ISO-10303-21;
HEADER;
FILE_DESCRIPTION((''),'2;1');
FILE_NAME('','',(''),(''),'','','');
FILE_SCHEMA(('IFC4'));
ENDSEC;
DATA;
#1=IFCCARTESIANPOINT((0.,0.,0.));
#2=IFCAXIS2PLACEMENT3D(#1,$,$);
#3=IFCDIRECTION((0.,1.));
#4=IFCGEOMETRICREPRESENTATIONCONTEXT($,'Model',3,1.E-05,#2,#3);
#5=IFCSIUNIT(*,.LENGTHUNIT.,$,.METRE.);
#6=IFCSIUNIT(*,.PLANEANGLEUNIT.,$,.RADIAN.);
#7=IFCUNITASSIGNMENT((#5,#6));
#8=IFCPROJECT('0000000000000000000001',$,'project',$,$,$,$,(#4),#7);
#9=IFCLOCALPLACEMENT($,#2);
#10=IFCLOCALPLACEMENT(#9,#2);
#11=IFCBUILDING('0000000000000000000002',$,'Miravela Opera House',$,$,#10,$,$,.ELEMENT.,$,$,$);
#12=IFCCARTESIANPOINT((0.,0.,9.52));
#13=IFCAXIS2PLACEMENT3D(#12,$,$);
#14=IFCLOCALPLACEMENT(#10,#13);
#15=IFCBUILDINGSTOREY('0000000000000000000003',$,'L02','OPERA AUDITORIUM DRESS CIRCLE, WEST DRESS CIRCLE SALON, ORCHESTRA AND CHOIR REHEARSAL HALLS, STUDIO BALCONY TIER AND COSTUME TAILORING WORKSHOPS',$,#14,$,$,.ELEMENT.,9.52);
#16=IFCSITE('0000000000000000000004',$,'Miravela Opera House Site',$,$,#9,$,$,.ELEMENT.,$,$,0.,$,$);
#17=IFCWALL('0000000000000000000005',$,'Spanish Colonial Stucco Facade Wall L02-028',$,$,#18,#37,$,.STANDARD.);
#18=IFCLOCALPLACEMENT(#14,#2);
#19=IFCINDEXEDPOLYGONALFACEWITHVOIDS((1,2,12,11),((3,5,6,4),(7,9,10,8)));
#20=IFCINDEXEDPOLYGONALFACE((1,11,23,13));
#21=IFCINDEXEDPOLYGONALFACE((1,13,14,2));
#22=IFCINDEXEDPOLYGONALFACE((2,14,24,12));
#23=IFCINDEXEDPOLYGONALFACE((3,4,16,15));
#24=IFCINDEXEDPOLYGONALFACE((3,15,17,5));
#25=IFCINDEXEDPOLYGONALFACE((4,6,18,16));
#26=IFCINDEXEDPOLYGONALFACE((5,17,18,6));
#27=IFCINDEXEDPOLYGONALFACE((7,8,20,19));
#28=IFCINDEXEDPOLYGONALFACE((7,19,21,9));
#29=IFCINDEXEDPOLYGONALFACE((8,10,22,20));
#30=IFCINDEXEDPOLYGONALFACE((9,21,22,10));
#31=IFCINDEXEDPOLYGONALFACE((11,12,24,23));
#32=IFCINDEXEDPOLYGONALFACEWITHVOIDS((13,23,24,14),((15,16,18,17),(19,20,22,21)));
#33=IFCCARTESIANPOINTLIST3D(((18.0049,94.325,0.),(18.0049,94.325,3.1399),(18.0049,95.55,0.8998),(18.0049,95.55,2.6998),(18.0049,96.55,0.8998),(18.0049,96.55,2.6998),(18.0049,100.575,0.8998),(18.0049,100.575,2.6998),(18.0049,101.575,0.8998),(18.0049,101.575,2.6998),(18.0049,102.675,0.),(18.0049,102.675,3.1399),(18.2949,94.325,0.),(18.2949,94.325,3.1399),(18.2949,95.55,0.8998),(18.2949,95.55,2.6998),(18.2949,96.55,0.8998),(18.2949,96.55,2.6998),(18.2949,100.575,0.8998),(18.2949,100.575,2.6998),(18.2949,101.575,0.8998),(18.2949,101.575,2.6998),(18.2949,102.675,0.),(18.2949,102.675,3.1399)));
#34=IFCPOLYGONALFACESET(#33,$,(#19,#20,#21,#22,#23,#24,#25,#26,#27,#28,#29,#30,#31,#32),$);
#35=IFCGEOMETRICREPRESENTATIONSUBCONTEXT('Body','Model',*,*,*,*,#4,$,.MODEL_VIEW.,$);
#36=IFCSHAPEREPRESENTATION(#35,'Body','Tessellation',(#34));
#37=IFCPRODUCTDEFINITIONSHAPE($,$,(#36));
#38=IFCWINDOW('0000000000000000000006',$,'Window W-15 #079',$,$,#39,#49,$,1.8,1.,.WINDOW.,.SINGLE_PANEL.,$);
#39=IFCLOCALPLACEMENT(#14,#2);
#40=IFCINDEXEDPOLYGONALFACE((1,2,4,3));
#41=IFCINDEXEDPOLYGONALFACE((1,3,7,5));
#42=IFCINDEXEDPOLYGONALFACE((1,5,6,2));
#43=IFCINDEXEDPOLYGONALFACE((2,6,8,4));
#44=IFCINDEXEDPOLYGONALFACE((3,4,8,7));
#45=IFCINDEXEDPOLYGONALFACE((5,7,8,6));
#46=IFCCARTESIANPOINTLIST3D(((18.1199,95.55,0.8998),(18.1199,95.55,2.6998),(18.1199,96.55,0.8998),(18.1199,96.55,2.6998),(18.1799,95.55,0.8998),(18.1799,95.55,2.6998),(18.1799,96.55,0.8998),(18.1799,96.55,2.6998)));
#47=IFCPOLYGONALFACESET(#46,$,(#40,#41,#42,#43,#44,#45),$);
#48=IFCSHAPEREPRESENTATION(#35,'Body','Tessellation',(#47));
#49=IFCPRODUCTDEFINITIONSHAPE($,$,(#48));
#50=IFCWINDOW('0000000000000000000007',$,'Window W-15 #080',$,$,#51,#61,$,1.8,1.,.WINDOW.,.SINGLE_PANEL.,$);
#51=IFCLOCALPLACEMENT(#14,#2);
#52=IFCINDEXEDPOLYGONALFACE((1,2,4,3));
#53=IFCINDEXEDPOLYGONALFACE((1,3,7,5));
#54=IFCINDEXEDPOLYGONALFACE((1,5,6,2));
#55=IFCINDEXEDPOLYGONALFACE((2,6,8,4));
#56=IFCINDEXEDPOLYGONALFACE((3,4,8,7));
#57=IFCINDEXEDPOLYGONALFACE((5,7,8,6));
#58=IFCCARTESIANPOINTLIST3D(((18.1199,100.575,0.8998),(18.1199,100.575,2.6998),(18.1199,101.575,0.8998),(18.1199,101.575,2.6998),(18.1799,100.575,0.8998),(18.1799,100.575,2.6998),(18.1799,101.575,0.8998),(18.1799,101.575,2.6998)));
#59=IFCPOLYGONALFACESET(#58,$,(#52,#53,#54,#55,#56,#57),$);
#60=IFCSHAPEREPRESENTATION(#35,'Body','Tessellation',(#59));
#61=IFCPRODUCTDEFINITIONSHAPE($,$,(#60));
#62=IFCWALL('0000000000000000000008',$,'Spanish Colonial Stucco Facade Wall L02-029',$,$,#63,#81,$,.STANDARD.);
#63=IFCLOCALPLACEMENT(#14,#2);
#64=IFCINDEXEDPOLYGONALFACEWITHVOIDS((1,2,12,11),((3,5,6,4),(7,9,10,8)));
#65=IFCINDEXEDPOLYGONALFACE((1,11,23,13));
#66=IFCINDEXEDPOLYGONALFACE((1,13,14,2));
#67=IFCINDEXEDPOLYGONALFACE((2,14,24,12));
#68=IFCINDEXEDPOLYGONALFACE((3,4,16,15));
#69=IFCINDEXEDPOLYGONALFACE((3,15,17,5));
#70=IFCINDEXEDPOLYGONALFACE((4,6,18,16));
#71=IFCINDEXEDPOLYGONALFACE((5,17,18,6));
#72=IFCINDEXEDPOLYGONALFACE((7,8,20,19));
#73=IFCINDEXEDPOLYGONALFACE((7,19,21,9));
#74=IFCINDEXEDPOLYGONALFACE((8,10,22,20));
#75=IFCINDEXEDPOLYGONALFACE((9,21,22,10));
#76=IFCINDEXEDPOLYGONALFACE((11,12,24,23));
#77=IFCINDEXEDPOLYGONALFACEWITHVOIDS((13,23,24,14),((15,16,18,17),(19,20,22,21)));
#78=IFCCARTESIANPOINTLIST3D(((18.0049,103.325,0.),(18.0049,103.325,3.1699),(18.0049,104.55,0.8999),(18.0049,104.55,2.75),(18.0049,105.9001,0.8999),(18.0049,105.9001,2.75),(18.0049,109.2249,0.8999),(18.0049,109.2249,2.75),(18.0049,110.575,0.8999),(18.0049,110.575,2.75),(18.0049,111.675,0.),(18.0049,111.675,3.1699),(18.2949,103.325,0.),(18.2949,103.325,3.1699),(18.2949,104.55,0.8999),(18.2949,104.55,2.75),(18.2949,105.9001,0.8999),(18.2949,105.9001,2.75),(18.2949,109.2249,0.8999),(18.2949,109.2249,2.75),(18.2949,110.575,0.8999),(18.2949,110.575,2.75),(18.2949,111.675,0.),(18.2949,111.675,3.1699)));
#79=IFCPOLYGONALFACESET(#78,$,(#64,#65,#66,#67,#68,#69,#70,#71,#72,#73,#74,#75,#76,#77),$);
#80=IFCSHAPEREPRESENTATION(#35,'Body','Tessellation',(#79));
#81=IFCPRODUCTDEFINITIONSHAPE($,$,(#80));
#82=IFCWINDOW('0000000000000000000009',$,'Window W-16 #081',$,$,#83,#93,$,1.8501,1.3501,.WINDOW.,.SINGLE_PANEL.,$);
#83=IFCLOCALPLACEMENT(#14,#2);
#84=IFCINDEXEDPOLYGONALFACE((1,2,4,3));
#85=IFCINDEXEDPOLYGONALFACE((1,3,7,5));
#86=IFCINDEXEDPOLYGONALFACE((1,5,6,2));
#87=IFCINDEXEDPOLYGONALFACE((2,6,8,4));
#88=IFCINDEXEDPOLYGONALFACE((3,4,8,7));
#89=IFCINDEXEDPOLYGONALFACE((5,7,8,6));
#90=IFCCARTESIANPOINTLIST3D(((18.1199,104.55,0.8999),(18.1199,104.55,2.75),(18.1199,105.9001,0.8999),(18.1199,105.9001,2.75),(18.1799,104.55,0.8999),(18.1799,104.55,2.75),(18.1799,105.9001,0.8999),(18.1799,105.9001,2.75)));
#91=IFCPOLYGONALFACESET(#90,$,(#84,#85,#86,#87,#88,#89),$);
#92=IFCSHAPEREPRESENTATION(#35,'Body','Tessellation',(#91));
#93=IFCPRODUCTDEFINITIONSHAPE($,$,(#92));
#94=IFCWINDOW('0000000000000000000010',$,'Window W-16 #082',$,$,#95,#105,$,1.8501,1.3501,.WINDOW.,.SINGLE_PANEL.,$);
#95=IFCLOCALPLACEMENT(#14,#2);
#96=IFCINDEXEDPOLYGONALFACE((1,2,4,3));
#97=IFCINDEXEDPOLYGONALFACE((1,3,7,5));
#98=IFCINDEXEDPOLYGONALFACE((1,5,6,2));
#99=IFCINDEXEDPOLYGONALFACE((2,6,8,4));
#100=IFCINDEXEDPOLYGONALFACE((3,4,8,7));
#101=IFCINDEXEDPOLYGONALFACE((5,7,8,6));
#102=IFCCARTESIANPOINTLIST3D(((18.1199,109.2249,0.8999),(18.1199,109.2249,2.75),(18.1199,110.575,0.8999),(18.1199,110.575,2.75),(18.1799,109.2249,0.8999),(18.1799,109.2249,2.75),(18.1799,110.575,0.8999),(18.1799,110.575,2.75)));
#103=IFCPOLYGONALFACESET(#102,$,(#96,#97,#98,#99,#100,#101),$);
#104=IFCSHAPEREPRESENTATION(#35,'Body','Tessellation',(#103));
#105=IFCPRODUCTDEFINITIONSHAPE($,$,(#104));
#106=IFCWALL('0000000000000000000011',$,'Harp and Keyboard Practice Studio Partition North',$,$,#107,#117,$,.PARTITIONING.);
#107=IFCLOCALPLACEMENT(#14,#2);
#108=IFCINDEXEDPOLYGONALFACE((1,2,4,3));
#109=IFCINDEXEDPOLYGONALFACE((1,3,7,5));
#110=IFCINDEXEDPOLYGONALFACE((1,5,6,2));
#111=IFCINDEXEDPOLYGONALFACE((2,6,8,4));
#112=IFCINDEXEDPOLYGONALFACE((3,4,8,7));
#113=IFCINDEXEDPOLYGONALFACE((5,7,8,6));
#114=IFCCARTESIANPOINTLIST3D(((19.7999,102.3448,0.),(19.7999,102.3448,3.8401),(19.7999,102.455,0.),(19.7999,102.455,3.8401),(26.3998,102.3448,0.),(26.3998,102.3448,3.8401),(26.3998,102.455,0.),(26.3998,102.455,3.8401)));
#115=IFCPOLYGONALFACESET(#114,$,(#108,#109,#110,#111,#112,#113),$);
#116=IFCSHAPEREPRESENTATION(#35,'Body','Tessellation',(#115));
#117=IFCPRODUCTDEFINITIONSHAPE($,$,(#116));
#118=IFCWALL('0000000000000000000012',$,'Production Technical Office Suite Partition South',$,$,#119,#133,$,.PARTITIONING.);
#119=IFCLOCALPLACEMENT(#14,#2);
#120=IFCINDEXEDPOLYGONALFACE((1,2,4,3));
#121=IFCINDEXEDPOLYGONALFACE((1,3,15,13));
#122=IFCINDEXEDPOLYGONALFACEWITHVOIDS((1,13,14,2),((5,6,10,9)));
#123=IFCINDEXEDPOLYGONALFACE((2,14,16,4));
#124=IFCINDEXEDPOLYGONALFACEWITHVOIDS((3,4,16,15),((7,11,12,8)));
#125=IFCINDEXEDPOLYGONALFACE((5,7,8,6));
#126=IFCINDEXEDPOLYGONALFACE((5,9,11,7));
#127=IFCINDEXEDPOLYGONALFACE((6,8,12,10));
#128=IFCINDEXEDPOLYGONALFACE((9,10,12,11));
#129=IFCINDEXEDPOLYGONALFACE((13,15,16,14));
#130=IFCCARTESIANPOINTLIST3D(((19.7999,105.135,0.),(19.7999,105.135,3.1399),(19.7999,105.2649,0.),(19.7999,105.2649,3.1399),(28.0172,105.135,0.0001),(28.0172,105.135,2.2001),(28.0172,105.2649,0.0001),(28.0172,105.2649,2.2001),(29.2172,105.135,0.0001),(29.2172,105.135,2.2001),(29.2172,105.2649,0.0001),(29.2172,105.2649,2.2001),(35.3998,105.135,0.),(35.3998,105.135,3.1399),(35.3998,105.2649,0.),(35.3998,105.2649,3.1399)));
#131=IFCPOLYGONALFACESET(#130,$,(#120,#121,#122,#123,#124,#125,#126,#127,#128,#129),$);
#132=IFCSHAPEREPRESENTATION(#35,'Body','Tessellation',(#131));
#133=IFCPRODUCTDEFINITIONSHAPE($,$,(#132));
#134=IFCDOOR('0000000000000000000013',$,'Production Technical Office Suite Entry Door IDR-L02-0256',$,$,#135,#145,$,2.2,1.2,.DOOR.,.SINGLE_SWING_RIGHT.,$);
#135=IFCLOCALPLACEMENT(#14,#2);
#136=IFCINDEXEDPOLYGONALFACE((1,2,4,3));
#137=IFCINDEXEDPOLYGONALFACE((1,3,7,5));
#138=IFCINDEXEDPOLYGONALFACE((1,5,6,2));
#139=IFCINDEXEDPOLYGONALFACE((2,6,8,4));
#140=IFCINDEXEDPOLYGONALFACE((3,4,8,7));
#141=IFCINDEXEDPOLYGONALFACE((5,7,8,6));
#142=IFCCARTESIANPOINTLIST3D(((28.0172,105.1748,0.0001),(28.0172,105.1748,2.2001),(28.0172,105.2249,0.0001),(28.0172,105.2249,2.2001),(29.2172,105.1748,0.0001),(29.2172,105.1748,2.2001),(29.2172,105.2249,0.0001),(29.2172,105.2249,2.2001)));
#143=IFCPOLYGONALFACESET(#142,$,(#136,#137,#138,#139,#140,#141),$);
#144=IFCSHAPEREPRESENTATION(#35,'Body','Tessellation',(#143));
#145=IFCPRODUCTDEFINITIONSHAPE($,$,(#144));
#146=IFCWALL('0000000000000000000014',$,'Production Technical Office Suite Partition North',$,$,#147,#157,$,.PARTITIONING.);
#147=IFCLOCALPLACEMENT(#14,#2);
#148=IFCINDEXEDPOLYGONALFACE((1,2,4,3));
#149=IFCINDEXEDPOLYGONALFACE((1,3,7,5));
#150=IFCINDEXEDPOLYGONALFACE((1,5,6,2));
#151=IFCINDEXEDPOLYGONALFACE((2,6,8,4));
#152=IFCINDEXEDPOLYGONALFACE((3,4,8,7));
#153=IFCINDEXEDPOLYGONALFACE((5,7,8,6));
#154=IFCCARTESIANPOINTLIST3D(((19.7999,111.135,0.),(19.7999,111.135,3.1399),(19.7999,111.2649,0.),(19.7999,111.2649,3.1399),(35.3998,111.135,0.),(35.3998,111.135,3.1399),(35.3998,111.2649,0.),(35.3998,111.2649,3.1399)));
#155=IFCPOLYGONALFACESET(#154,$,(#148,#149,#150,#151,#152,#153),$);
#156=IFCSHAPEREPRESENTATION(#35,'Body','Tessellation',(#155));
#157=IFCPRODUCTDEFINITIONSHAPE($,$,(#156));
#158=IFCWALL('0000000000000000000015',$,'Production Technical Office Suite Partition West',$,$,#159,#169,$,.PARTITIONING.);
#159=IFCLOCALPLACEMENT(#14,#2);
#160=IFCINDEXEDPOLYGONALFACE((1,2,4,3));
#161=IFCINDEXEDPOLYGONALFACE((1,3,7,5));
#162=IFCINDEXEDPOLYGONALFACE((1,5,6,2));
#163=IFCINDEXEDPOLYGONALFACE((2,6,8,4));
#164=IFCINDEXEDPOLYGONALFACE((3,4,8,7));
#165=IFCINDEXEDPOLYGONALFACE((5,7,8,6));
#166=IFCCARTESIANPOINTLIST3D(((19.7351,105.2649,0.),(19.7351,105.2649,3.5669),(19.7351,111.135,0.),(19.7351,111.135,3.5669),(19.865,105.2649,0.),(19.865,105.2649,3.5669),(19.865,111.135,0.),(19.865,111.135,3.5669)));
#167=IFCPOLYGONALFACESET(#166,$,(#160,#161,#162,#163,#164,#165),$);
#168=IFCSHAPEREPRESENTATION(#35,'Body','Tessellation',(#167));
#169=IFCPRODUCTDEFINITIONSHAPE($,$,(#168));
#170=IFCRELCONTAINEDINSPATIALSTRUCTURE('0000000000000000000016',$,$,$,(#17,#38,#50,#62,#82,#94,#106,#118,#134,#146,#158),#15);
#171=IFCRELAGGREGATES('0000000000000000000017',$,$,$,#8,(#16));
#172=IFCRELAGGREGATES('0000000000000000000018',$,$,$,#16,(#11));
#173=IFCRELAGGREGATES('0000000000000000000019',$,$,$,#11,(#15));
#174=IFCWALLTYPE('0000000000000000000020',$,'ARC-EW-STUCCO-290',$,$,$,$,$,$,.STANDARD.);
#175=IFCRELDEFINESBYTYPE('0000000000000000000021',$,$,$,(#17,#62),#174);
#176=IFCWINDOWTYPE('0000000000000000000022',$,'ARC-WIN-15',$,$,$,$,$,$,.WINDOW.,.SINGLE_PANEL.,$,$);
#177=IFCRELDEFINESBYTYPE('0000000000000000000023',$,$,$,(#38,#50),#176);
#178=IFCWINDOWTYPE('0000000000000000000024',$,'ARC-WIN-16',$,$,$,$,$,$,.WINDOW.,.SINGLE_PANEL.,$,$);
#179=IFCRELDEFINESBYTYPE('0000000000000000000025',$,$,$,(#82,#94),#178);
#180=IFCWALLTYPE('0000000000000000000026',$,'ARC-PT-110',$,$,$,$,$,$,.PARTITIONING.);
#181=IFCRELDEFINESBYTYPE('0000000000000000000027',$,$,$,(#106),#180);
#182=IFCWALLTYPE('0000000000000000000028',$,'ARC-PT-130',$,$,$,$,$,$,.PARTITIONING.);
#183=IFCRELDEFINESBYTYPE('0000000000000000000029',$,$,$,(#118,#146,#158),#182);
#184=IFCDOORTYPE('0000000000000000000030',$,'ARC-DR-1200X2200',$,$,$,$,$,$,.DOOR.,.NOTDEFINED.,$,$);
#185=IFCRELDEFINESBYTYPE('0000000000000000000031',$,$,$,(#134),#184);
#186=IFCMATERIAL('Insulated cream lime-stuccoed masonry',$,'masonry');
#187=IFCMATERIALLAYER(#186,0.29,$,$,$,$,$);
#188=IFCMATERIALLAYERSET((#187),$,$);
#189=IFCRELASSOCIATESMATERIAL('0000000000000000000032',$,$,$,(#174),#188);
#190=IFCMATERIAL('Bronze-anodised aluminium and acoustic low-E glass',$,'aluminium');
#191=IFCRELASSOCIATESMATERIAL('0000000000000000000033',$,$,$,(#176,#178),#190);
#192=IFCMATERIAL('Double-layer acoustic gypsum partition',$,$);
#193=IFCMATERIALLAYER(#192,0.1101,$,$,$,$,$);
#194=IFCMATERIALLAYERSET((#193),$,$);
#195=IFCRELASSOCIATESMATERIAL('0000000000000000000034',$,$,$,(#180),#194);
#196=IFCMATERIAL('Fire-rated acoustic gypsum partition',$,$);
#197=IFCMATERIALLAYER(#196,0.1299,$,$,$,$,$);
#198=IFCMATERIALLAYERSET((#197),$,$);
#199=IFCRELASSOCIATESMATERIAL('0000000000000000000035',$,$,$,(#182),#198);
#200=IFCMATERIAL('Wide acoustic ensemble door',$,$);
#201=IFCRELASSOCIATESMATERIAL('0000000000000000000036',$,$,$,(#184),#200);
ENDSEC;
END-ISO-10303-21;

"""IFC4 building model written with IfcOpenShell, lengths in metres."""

from ifc_helpers import new_model, si_unit, direction, frame, frame_2d, origin, place, context, subcontext, project, spatial, rectangle, extrude, material, layer, layer_set, type_object, element, fill, save


model = new_model("IFC4")

# Units and contexts
model_context = context("Model", 3, precision=1e-05, world=origin(), true_north=direction((0.0, 1.0)))
body_context = subcontext(model_context, "Body", "Model", "MODEL_VIEW")
ifc_project = project(units=[si_unit("LENGTHUNIT", "METRE"), si_unit("PLANEANGLEUNIT", "RADIAN")], contexts=[model_context])

# Site, building, storey
site_placement = place(None, origin())
site = spatial("IfcSite", under=ifc_project, at=site_placement, Name="Miravela Opera House Site", CompositionType="ELEMENT", RefElevation=0.0)
building_placement = place(site_placement, origin())
building = spatial("IfcBuilding", under=site, at=building_placement, Name="Miravela Opera House", CompositionType="ELEMENT")
storey_placement = place(building_placement, frame((0.0, 0.0, 9.52)))
storey = spatial("IfcBuildingStorey", under=building, at=storey_placement, Name="L02", Description="OPERA AUDITORIUM DRESS CIRCLE, WEST DRESS CIRCLE SALON, ORCHESTRA AND CHOIR REHEARSAL HALLS, STUDIO BALCONY TIER AND COSTUME TAILORING WORKSHOPS", CompositionType="ELEMENT", Elevation=9.52)

# Walls, openings, windows
ifc_material_1 = material(Name="Insulated cream lime-stuccoed masonry", Category="masonry")
ifc_layer_1 = layer(ifc_material_1, 0.29)
ifc_layer_set_1 = layer_set([ifc_layer_1])
wall_type_1 = type_object("IfcWallType", Name="ARC-EW-STUCCO-290", PredefinedType="STANDARD", material=ifc_layer_set_1)
wall_1_placement = place(storey_placement, frame((18.1499, 94.325, 0.0), z_axis=(0.0, 0.0, 1.0), x_axis=(0.0, 1.0, 0.0)))
wall_1 = element("IfcWall", 1, at=wall_1_placement, inside=storey, type_object=wall_type_1, Name="Spanish Colonial Stucco Facade Wall L02-028", PredefinedType="STANDARD", context=body_context, shape_type="SweptSolid", body=[
    extrude(rectangle(XDim=8.3501, YDim=0.29, at=frame_2d((4.175, 0.0))), origin(), (0.0, 0.0, 1.0), 3.1399),
])
opening_1_placement = place(wall_1_placement, frame((1.2251, 0.0, 0.8999)))
opening_1 = element("IfcOpeningElement", 2, at=opening_1_placement, cuts=wall_1, PredefinedType="OPENING", context=body_context, shape_type="SweptSolid", body=[
    extrude(rectangle(XDim=1.0, YDim=1.8, at=frame_2d((0.5, 0.8999))), frame((0.0, 0.155, 0.0), z_axis=(0.0, -1.0, 0.0), x_axis=(1.0, 0.0, 0.0)), (0.0, 0.0, 1.0), 0.3101),
])
opening_2_placement = place(wall_1_placement, frame((6.25, 0.0, 0.8999)))
opening_2 = element("IfcOpeningElement", 3, at=opening_2_placement, cuts=wall_1, PredefinedType="OPENING", context=body_context, shape_type="SweptSolid", body=[
    extrude(rectangle(XDim=1.0, YDim=1.8, at=frame_2d((0.5, 0.8999))), frame((0.0, 0.155, 0.0), z_axis=(0.0, -1.0, 0.0), x_axis=(1.0, 0.0, 0.0)), (0.0, 0.0, 1.0), 0.3101),
])
ifc_material_2 = material(Name="Bronze-anodised aluminium and acoustic low-E glass", Category="aluminium")
window_type_1 = type_object("IfcWindowType", Name="ARC-WIN-15", PartitioningType="SINGLE_PANEL", PredefinedType="WINDOW", material=ifc_material_2)
window_1_placement = place(opening_1_placement, origin())
window_1 = element("IfcWindow", 4, at=window_1_placement, inside=storey, type_object=window_type_1, Name="Window W-15 #079", OverallHeight=1.8, OverallWidth=1.0, PartitioningType="SINGLE_PANEL", PredefinedType="WINDOW", context=body_context, shape_type="SweptSolid", body=[
    extrude(rectangle(XDim=1.0, YDim=1.8, at=frame_2d((0.5, 0.8999))), frame((0.0, 0.03, 0.0), z_axis=(0.0, -1.0, 0.0), x_axis=(1.0, 0.0, 0.0)), (0.0, 0.0, 1.0), 0.0601),
])
fill(opening_1, window_1)
window_2_placement = place(opening_2_placement, origin())
window_2 = element("IfcWindow", 5, at=window_2_placement, inside=storey, type_object=window_type_1, Name="Window W-15 #080", OverallHeight=1.8, OverallWidth=1.0, PartitioningType="SINGLE_PANEL", PredefinedType="WINDOW", context=body_context, shape_type="SweptSolid", body=[
    extrude(rectangle(XDim=1.0, YDim=1.8, at=frame_2d((0.5, 0.8999))), frame((0.0, 0.03, 0.0), z_axis=(0.0, -1.0, 0.0), x_axis=(1.0, 0.0, 0.0)), (0.0, 0.0, 1.0), 0.0601),
])
fill(opening_2, window_2)
wall_2_placement = place(storey_placement, frame((18.1499, 103.325, 0.0), z_axis=(0.0, 0.0, 1.0), x_axis=(0.0, 1.0, 0.0)))
wall_2 = element("IfcWall", 6, at=wall_2_placement, inside=storey, type_object=wall_type_1, Name="Spanish Colonial Stucco Facade Wall L02-029", PredefinedType="STANDARD", context=body_context, shape_type="SweptSolid", body=[
    extrude(rectangle(XDim=8.3501, YDim=0.29, at=frame_2d((4.175, 0.0))), origin(), (0.0, 0.0, 1.0), 3.1699),
])
opening_3_placement = place(wall_2_placement, frame((1.2251, 0.0, 0.8999)))
opening_3 = element("IfcOpeningElement", 7, at=opening_3_placement, cuts=wall_2, PredefinedType="OPENING", context=body_context, shape_type="SweptSolid", body=[
    extrude(rectangle(XDim=1.3501, YDim=1.8501, at=frame_2d((0.675, 0.925))), frame((0.0, 0.155, 0.0), z_axis=(0.0, -1.0, 0.0), x_axis=(1.0, 0.0, 0.0)), (0.0, 0.0, 1.0), 0.3101),
])
opening_4_placement = place(wall_2_placement, frame((5.8999, 0.0, 0.8999)))
opening_4 = element("IfcOpeningElement", 8, at=opening_4_placement, cuts=wall_2, PredefinedType="OPENING", context=body_context, shape_type="SweptSolid", body=[
    extrude(rectangle(XDim=1.3501, YDim=1.8501, at=frame_2d((0.675, 0.925))), frame((0.0, 0.155, 0.0), z_axis=(0.0, -1.0, 0.0), x_axis=(1.0, 0.0, 0.0)), (0.0, 0.0, 1.0), 0.3101),
])
window_type_2 = type_object("IfcWindowType", Name="ARC-WIN-16", PartitioningType="SINGLE_PANEL", PredefinedType="WINDOW", material=ifc_material_2)
window_3_placement = place(opening_3_placement, origin())
window_3 = element("IfcWindow", 9, at=window_3_placement, inside=storey, type_object=window_type_2, Name="Window W-16 #081", OverallHeight=1.8501, OverallWidth=1.3501, PartitioningType="SINGLE_PANEL", PredefinedType="WINDOW", context=body_context, shape_type="SweptSolid", body=[
    extrude(rectangle(XDim=1.3501, YDim=1.8501, at=frame_2d((0.675, 0.925))), frame((0.0, 0.03, 0.0), z_axis=(0.0, -1.0, 0.0), x_axis=(1.0, 0.0, 0.0)), (0.0, 0.0, 1.0), 0.0601),
])
fill(opening_3, window_3)
window_4_placement = place(opening_4_placement, origin())
window_4 = element("IfcWindow", 10, at=window_4_placement, inside=storey, type_object=window_type_2, Name="Window W-16 #082", OverallHeight=1.8501, OverallWidth=1.3501, PartitioningType="SINGLE_PANEL", PredefinedType="WINDOW", context=body_context, shape_type="SweptSolid", body=[
    extrude(rectangle(XDim=1.3501, YDim=1.8501, at=frame_2d((0.675, 0.925))), frame((0.0, 0.03, 0.0), z_axis=(0.0, -1.0, 0.0), x_axis=(1.0, 0.0, 0.0)), (0.0, 0.0, 1.0), 0.0601),
])
fill(opening_4, window_4)

# Wall
ifc_material_3 = material(Name="Double-layer acoustic gypsum partition")
ifc_layer_2 = layer(ifc_material_3, 0.1101)
ifc_layer_set_2 = layer_set([ifc_layer_2])
wall_type_2 = type_object("IfcWallType", Name="ARC-PT-110", PredefinedType="PARTITIONING", material=ifc_layer_set_2)
wall_3_placement = place(storey_placement, frame((19.8, 102.3999, 0.0), z_axis=(0.0, 0.0, 1.0), x_axis=(1.0, 0.0, 0.0)))
element("IfcWall", 11, at=wall_3_placement, inside=storey, type_object=wall_type_2, Name="Harp and Keyboard Practice Studio Partition North", PredefinedType="PARTITIONING", context=body_context, shape_type="SweptSolid", body=[
    extrude(rectangle(XDim=6.5999, YDim=0.1101, at=frame_2d((3.2998, 0.0))), origin(), (0.0, 0.0, 1.0), 3.8401),
])

# Wall, opening, door
ifc_material_4 = material(Name="Fire-rated acoustic gypsum partition")
ifc_layer_3 = layer(ifc_material_4, 0.1299)
ifc_layer_set_3 = layer_set([ifc_layer_3])
wall_type_3 = type_object("IfcWallType", Name="ARC-PT-130", PredefinedType="PARTITIONING", material=ifc_layer_set_3)
wall_4_placement = place(storey_placement, frame((19.8, 105.2, 0.0), z_axis=(0.0, 0.0, 1.0), x_axis=(1.0, 0.0, 0.0)))
wall_4 = element("IfcWall", 12, at=wall_4_placement, inside=storey, type_object=wall_type_3, Name="Production Technical Office Suite Partition South", PredefinedType="PARTITIONING", context=body_context, shape_type="SweptSolid", body=[
    extrude(rectangle(XDim=15.5999, YDim=0.1299, at=frame_2d((7.7998, 0.0))), origin(), (0.0, 0.0, 1.0), 3.1399),
])
opening_5_placement = place(wall_4_placement, frame((8.217, 0.0, 0.0)))
opening_5 = element("IfcOpeningElement", 13, at=opening_5_placement, cuts=wall_4, PredefinedType="OPENING", context=body_context, shape_type="SweptSolid", body=[
    extrude(rectangle(XDim=1.2, YDim=2.2, at=frame_2d((0.6001, 1.1001))), frame((0.0, 0.075, 0.0), z_axis=(0.0, -1.0, 0.0), x_axis=(1.0, 0.0, 0.0)), (0.0, 0.0, 1.0), 0.1499),
])
ifc_material_5 = material(Name="Wide acoustic ensemble door")
door_type = type_object("IfcDoorType", Name="ARC-DR-1200X2200", OperationType="NOTDEFINED", PredefinedType="DOOR", material=ifc_material_5)
door_placement = place(opening_5_placement, origin())
door = element("IfcDoor", 14, at=door_placement, inside=storey, type_object=door_type, Name="Production Technical Office Suite Entry Door IDR-L02-0256", OperationType="SINGLE_SWING_RIGHT", OverallHeight=2.2, OverallWidth=1.2, PredefinedType="DOOR", context=body_context, shape_type="SweptSolid", body=[
    extrude(rectangle(XDim=1.2, YDim=2.2, at=frame_2d((0.6001, 1.1001))), frame((0.0, 0.0249, 0.0), z_axis=(0.0, -1.0, 0.0), x_axis=(1.0, 0.0, 0.0)), (0.0, 0.0, 1.0), 0.05),
])
fill(opening_5, door)

# Walls
wall_5_placement = place(storey_placement, frame((19.8, 111.2, 0.0), z_axis=(0.0, 0.0, 1.0), x_axis=(1.0, 0.0, 0.0)))
element("IfcWall", 15, at=wall_5_placement, inside=storey, type_object=wall_type_3, Name="Production Technical Office Suite Partition North", PredefinedType="PARTITIONING", context=body_context, shape_type="SweptSolid", body=[
    extrude(rectangle(XDim=15.5999, YDim=0.1299, at=frame_2d((7.7998, 0.0))), origin(), (0.0, 0.0, 1.0), 3.1399),
])
wall_6_placement = place(storey_placement, frame((19.8, 105.2649, 0.0), z_axis=(0.0, 0.0, 1.0), x_axis=(0.0, 1.0, 0.0)))
element("IfcWall", 16, at=wall_6_placement, inside=storey, type_object=wall_type_3, Name="Production Technical Office Suite Partition West", PredefinedType="PARTITIONING", context=body_context, shape_type="SweptSolid", body=[
    extrude(rectangle(XDim=5.8701, YDim=0.1299, at=frame_2d((2.9351, 0.0))), origin(), (0.0, 0.0, 1.0), 3.5669),
])

save(model, "model.ifc")
